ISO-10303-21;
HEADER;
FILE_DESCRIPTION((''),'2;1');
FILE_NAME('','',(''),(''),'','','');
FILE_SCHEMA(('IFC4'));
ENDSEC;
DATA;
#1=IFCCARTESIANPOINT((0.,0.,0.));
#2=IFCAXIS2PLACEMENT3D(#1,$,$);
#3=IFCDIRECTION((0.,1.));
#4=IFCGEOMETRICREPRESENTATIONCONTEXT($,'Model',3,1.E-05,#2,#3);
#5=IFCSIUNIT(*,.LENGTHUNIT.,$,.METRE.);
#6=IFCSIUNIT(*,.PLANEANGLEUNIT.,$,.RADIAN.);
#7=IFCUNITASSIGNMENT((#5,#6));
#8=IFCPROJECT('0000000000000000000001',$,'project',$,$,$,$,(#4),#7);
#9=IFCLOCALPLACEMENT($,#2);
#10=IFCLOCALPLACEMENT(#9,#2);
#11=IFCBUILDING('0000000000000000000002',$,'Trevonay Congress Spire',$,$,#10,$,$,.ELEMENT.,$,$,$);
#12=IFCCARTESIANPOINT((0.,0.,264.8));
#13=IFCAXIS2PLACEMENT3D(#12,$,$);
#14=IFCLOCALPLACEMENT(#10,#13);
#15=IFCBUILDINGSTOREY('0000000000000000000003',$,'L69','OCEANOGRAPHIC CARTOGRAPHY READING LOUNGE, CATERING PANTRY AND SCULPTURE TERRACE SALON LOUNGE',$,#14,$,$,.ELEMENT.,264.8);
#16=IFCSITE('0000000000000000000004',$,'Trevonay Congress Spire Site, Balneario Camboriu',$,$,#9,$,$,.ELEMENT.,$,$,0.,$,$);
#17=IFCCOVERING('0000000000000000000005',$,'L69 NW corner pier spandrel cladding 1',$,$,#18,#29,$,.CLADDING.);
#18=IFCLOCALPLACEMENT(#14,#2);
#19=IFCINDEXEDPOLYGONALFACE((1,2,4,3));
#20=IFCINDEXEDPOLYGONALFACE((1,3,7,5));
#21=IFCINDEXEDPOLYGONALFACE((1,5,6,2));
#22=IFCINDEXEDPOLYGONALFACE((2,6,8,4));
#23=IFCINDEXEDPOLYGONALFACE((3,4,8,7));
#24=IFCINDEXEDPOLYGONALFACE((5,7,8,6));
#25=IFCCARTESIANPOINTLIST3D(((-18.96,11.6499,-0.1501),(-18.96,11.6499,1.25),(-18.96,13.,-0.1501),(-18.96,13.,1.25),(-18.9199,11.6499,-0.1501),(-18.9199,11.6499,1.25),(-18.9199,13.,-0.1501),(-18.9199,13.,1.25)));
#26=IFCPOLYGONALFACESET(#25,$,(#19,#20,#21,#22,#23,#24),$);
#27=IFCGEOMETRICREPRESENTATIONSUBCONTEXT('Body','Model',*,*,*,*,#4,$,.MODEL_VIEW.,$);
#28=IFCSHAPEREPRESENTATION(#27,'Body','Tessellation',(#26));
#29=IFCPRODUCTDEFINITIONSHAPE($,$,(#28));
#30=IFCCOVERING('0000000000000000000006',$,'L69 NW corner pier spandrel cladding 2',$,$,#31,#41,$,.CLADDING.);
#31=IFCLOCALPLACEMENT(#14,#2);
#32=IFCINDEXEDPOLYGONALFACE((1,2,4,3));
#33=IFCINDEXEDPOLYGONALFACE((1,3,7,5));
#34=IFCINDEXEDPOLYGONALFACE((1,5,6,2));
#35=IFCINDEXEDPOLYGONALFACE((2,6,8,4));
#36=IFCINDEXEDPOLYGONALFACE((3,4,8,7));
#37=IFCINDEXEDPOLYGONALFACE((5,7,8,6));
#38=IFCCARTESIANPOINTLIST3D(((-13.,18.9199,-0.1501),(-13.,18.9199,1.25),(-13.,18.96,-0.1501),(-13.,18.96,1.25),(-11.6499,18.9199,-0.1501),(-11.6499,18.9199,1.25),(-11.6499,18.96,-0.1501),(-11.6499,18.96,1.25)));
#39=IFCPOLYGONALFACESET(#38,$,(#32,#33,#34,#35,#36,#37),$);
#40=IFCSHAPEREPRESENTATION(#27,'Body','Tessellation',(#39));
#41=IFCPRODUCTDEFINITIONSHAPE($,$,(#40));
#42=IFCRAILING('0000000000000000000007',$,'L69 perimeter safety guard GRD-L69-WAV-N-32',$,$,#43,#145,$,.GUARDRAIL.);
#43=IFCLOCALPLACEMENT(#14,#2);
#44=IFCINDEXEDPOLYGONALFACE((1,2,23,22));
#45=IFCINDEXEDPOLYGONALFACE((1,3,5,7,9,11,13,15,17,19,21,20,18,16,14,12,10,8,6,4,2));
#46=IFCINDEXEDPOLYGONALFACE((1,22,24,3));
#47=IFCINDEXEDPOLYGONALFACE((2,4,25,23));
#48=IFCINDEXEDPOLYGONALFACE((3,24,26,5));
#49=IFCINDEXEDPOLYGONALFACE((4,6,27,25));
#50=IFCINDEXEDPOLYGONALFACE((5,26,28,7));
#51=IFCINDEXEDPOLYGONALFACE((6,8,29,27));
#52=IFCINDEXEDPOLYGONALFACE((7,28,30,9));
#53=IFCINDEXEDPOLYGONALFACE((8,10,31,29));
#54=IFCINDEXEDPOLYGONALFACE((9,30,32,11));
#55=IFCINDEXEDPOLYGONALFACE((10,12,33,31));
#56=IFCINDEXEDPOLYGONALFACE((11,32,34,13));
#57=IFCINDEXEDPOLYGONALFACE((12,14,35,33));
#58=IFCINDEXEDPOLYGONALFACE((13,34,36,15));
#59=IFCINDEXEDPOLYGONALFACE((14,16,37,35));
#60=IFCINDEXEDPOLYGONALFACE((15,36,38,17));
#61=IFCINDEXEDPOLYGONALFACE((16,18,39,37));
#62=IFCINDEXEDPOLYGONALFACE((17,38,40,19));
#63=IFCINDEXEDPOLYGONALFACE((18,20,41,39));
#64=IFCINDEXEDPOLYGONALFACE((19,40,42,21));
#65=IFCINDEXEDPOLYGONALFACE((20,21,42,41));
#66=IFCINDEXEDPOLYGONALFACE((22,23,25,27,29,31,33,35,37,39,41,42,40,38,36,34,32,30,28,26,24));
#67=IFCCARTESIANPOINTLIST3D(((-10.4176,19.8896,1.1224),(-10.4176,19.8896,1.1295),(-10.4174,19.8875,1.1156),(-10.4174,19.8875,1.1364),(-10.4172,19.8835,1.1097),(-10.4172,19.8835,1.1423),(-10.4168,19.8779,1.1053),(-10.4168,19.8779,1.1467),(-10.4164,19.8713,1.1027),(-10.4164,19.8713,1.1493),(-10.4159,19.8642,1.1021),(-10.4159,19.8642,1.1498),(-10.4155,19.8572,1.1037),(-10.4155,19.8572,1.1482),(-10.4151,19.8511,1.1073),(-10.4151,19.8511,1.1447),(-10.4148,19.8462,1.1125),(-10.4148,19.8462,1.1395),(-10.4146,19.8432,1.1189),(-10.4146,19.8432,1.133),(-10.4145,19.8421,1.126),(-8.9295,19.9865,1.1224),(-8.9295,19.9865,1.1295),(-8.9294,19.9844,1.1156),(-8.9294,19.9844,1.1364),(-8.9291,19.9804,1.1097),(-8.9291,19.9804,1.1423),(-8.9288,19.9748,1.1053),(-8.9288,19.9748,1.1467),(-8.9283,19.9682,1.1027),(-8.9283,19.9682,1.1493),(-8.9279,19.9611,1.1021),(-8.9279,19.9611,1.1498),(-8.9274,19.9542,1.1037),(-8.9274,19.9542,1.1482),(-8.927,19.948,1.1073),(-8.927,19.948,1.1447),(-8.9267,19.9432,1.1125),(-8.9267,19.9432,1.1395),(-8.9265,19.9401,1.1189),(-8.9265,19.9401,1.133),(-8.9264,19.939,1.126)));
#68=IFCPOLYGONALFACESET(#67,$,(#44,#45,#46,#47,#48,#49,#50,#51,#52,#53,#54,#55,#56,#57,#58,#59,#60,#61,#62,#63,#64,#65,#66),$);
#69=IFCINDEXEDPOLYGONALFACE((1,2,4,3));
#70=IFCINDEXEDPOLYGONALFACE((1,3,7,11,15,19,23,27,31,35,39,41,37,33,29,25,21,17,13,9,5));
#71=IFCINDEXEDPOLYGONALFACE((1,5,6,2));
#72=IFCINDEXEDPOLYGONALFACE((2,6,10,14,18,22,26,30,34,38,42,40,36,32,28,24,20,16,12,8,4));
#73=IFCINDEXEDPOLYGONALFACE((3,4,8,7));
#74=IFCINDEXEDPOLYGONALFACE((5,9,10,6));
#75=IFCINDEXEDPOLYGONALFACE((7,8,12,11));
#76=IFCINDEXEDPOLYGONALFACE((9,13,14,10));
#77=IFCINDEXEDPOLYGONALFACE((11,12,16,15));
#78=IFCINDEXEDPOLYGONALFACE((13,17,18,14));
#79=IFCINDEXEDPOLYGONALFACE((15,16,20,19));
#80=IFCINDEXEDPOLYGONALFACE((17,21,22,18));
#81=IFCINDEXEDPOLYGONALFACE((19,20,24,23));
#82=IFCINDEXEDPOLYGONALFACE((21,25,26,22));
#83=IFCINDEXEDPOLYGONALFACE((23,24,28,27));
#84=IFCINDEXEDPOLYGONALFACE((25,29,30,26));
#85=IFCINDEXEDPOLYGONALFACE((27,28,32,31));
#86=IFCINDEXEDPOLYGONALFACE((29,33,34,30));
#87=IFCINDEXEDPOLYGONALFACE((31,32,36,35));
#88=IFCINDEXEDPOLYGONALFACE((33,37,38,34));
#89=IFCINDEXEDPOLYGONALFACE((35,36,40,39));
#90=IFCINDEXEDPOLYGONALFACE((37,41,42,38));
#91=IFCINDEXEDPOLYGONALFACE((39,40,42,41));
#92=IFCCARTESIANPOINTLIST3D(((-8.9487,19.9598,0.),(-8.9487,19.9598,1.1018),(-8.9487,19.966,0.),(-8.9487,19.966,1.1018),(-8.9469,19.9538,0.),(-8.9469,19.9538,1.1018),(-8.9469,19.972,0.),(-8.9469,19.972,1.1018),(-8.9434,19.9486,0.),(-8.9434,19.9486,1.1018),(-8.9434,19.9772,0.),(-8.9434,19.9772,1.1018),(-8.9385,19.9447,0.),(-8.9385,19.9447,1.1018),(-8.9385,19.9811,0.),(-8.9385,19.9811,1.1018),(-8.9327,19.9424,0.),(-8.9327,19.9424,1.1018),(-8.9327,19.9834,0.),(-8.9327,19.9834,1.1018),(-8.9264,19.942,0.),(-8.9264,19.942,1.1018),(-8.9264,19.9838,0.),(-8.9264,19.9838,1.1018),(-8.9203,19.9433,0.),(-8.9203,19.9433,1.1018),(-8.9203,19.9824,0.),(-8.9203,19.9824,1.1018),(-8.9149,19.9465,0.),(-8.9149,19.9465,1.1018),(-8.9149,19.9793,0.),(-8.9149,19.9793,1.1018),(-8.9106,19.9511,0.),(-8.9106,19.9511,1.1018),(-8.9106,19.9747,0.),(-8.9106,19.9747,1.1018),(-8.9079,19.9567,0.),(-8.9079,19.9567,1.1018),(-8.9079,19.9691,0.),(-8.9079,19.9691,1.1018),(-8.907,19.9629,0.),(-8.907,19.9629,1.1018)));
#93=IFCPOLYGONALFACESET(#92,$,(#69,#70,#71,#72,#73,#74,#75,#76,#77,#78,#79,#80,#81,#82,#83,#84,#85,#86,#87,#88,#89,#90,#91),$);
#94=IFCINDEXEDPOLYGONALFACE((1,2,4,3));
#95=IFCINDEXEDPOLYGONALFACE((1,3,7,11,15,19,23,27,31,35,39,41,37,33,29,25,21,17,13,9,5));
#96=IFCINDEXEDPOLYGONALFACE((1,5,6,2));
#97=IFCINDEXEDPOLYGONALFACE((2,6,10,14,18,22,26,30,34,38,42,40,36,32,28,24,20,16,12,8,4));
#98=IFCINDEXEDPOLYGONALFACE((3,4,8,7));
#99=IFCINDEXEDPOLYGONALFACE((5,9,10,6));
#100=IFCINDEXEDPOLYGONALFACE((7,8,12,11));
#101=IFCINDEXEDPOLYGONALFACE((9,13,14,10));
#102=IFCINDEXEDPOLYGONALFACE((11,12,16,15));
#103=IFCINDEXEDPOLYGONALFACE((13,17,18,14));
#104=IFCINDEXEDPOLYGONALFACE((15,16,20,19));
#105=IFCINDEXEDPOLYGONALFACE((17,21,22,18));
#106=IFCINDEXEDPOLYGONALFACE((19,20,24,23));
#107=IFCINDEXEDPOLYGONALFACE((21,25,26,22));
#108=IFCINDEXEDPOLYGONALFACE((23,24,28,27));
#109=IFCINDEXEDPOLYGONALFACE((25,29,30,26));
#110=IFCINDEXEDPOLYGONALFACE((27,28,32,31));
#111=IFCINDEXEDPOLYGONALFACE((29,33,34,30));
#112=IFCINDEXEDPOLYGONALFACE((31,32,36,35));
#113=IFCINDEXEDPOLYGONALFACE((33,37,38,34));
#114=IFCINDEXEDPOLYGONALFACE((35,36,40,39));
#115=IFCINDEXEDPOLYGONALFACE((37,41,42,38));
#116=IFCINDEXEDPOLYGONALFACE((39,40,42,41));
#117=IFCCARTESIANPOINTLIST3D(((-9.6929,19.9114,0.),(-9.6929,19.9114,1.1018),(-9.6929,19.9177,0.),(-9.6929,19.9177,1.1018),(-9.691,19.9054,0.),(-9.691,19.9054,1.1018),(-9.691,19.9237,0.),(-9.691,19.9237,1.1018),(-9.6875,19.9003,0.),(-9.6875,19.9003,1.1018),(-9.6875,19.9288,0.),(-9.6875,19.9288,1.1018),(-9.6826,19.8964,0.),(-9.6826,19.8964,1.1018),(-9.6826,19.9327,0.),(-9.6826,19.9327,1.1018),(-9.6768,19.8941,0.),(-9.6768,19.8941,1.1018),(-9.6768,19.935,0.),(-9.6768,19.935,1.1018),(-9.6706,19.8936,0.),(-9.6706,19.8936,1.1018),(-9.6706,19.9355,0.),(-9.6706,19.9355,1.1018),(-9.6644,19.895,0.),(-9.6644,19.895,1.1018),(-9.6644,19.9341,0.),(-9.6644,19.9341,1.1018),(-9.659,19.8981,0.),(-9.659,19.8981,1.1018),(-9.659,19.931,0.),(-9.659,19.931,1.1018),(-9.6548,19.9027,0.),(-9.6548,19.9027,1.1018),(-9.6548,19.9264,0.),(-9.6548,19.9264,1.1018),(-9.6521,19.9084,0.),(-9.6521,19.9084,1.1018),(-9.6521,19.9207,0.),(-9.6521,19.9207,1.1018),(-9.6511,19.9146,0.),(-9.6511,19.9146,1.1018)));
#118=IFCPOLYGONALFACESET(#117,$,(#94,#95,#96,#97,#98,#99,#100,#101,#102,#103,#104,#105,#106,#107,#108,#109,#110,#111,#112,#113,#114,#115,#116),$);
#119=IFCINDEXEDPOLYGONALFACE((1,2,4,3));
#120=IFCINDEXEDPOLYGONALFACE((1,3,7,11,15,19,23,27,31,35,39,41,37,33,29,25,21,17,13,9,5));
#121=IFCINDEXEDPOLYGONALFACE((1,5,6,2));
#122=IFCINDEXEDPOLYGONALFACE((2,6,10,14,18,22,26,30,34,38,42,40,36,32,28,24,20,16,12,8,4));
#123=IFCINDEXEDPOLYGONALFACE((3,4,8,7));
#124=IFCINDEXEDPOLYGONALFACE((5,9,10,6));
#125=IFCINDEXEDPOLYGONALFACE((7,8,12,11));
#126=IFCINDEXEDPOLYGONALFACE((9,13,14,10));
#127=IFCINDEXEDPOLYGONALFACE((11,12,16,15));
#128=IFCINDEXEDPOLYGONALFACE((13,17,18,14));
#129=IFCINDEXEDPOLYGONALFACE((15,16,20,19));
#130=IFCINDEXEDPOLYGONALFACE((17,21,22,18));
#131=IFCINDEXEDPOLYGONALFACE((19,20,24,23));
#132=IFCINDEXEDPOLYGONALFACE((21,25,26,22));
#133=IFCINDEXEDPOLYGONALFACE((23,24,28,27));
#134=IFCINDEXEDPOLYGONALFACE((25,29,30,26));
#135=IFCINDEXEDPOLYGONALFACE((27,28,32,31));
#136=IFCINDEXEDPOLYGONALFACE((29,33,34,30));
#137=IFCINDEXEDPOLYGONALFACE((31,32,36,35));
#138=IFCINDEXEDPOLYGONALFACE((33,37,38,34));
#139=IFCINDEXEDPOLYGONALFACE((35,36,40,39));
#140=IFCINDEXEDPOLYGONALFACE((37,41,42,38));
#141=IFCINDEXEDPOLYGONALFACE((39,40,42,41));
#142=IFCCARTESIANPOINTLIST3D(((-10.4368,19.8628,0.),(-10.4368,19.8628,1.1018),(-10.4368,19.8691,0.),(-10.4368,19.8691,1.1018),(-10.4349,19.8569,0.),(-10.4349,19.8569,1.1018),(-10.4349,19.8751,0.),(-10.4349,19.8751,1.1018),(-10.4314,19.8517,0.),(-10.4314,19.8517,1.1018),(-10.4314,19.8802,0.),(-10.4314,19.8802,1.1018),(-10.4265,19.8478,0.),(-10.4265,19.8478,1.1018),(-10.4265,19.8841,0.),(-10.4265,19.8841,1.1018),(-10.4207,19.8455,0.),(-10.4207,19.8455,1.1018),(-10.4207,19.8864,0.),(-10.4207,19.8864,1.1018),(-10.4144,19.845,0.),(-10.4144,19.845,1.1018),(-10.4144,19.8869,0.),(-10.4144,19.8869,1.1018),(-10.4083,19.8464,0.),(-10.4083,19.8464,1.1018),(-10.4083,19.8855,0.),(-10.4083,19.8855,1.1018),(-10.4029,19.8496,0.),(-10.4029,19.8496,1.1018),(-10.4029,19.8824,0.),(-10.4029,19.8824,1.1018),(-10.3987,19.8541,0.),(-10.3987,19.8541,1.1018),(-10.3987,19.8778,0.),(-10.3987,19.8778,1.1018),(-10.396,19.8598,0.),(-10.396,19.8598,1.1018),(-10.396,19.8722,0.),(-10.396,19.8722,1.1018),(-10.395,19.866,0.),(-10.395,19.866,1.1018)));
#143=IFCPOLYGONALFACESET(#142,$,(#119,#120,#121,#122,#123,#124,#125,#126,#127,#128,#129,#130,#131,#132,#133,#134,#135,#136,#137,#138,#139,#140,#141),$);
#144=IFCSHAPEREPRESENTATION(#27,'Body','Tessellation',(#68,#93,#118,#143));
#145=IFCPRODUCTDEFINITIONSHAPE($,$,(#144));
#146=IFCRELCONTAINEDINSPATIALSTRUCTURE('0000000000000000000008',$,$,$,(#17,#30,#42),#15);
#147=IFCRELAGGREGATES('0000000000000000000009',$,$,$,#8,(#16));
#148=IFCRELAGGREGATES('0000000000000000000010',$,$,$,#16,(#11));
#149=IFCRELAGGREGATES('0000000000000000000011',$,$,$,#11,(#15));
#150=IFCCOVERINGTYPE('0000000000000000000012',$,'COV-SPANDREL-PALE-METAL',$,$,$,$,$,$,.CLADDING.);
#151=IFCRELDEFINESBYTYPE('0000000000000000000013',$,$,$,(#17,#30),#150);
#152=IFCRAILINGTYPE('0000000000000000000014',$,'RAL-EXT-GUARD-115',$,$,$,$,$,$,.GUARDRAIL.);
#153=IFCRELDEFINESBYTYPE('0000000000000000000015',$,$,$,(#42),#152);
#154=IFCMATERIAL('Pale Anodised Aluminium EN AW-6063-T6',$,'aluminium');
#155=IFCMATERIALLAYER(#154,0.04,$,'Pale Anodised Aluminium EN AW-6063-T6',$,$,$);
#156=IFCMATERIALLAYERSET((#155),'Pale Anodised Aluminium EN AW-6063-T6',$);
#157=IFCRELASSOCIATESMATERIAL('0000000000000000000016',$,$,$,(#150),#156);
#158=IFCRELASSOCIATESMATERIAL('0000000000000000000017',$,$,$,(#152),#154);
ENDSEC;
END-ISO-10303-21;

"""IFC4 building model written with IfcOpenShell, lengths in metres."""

from ifc_helpers import new_model, si_unit, direction, frame, frame_2d, origin, origin_2d, place, context, subcontext, project, spatial, rectangle, circle, extrude, material, layer, layer_set, type_object, element, save


model = new_model("IFC4")

# Units and contexts
model_context = context("Model", 3, precision=1e-05, world=origin(), true_north=direction((0.0, 1.0)))
body_context = subcontext(model_context, "Body", "Model", "MODEL_VIEW")
ifc_project = project(units=[si_unit("LENGTHUNIT", "METRE"), si_unit("PLANEANGLEUNIT", "RADIAN")], contexts=[model_context])

# Site, building, storey
site_placement = place(None, origin())
site = spatial("IfcSite", under=ifc_project, at=site_placement, Name="Trevonay Congress Spire Site, Balneario Camboriu", CompositionType="ELEMENT", RefElevation=0.0)
building_placement = place(site_placement, origin())
building = spatial("IfcBuilding", under=site, at=building_placement, Name="Trevonay Congress Spire", CompositionType="ELEMENT")
storey_placement = place(building_placement, frame((0.0, 0.0, 264.8)))
storey = spatial("IfcBuildingStorey", under=building, at=storey_placement, Name="L69", Description="OCEANOGRAPHIC CARTOGRAPHY READING LOUNGE, CATERING PANTRY AND SCULPTURE TERRACE SALON LOUNGE", CompositionType="ELEMENT", Elevation=264.8)

# Shared definitions
ifc_material_1 = material(Name="Pale Anodised Aluminium EN AW-6063-T6", Category="aluminium")

# Coverings
ifc_layer_1 = layer(ifc_material_1, 0.04, Name="Pale Anodised Aluminium EN AW-6063-T6")
ifc_layer_set_1 = layer_set([ifc_layer_1], Name="Pale Anodised Aluminium EN AW-6063-T6")
covering_type = type_object("IfcCoveringType", Name="COV-SPANDREL-PALE-METAL", PredefinedType="CLADDING", material=ifc_layer_set_1)
for number, where, z_axis, x_axis, name in (
    (1, (-18.9399, 11.6499, -0.1501), (0.0, 0.0, 1.0), (0.0, 1.0, 0.0), "L69 NW corner pier spandrel cladding 1"),
    (2, (-11.6499, 18.9399, -0.1501), (0.0, 0.0, 1.0), (-1.0, 0.0, 0.0), "L69 NW corner pier spandrel cladding 2"),
):
    element("IfcCovering", number, at=place(storey_placement, frame(where, z_axis=z_axis, x_axis=x_axis)), inside=storey, type_object=covering_type, Name=name, PredefinedType="CLADDING", context=body_context, shape_type="SweptSolid", body=[
        extrude(rectangle(XDim=1.3501, YDim=0.04, at=frame_2d((0.675, 0.0))), origin(), (0.0, 0.0, 1.0), 1.4001),
    ])

# Railing
railing_type = type_object("IfcRailingType", Name="RAL-EXT-GUARD-115", PredefinedType="GUARDRAIL", material=ifc_material_1)
railing_1_placement = place(storey_placement, frame((-8.928, 19.9629, 0.0)))
element("IfcRailing", 3, at=railing_1_placement, inside=storey, type_object=railing_type, Name="L69 perimeter safety guard GRD-L69-WAV-N-32", PredefinedType="GUARDRAIL", context=body_context, shape_type="SweptSolid", body=[
    extrude(circle(Radius=0.0239, at=origin_2d()), frame((0.0, 0.0, 1.126), z_axis=(-0.997885, -0.064998, 0.0), x_axis=(0.064998, -0.997885, 0.0)), (0.0, 0.0, 1.0), 1.4912),
    extrude(circle(Radius=0.021, at=origin_2d()), origin(), (0.0, 0.0, 1.0), 1.1018),
    extrude(circle(Radius=0.021, at=origin_2d()), frame((-0.7441, -0.0483, 0.0)), (0.0, 0.0, 1.0), 1.1018),
    extrude(circle(Radius=0.021, at=origin_2d()), frame((-1.488, -0.0969, 0.0)), (0.0, 0.0, 1.0), 1.1018),
])

save(model, "model.ifc")
